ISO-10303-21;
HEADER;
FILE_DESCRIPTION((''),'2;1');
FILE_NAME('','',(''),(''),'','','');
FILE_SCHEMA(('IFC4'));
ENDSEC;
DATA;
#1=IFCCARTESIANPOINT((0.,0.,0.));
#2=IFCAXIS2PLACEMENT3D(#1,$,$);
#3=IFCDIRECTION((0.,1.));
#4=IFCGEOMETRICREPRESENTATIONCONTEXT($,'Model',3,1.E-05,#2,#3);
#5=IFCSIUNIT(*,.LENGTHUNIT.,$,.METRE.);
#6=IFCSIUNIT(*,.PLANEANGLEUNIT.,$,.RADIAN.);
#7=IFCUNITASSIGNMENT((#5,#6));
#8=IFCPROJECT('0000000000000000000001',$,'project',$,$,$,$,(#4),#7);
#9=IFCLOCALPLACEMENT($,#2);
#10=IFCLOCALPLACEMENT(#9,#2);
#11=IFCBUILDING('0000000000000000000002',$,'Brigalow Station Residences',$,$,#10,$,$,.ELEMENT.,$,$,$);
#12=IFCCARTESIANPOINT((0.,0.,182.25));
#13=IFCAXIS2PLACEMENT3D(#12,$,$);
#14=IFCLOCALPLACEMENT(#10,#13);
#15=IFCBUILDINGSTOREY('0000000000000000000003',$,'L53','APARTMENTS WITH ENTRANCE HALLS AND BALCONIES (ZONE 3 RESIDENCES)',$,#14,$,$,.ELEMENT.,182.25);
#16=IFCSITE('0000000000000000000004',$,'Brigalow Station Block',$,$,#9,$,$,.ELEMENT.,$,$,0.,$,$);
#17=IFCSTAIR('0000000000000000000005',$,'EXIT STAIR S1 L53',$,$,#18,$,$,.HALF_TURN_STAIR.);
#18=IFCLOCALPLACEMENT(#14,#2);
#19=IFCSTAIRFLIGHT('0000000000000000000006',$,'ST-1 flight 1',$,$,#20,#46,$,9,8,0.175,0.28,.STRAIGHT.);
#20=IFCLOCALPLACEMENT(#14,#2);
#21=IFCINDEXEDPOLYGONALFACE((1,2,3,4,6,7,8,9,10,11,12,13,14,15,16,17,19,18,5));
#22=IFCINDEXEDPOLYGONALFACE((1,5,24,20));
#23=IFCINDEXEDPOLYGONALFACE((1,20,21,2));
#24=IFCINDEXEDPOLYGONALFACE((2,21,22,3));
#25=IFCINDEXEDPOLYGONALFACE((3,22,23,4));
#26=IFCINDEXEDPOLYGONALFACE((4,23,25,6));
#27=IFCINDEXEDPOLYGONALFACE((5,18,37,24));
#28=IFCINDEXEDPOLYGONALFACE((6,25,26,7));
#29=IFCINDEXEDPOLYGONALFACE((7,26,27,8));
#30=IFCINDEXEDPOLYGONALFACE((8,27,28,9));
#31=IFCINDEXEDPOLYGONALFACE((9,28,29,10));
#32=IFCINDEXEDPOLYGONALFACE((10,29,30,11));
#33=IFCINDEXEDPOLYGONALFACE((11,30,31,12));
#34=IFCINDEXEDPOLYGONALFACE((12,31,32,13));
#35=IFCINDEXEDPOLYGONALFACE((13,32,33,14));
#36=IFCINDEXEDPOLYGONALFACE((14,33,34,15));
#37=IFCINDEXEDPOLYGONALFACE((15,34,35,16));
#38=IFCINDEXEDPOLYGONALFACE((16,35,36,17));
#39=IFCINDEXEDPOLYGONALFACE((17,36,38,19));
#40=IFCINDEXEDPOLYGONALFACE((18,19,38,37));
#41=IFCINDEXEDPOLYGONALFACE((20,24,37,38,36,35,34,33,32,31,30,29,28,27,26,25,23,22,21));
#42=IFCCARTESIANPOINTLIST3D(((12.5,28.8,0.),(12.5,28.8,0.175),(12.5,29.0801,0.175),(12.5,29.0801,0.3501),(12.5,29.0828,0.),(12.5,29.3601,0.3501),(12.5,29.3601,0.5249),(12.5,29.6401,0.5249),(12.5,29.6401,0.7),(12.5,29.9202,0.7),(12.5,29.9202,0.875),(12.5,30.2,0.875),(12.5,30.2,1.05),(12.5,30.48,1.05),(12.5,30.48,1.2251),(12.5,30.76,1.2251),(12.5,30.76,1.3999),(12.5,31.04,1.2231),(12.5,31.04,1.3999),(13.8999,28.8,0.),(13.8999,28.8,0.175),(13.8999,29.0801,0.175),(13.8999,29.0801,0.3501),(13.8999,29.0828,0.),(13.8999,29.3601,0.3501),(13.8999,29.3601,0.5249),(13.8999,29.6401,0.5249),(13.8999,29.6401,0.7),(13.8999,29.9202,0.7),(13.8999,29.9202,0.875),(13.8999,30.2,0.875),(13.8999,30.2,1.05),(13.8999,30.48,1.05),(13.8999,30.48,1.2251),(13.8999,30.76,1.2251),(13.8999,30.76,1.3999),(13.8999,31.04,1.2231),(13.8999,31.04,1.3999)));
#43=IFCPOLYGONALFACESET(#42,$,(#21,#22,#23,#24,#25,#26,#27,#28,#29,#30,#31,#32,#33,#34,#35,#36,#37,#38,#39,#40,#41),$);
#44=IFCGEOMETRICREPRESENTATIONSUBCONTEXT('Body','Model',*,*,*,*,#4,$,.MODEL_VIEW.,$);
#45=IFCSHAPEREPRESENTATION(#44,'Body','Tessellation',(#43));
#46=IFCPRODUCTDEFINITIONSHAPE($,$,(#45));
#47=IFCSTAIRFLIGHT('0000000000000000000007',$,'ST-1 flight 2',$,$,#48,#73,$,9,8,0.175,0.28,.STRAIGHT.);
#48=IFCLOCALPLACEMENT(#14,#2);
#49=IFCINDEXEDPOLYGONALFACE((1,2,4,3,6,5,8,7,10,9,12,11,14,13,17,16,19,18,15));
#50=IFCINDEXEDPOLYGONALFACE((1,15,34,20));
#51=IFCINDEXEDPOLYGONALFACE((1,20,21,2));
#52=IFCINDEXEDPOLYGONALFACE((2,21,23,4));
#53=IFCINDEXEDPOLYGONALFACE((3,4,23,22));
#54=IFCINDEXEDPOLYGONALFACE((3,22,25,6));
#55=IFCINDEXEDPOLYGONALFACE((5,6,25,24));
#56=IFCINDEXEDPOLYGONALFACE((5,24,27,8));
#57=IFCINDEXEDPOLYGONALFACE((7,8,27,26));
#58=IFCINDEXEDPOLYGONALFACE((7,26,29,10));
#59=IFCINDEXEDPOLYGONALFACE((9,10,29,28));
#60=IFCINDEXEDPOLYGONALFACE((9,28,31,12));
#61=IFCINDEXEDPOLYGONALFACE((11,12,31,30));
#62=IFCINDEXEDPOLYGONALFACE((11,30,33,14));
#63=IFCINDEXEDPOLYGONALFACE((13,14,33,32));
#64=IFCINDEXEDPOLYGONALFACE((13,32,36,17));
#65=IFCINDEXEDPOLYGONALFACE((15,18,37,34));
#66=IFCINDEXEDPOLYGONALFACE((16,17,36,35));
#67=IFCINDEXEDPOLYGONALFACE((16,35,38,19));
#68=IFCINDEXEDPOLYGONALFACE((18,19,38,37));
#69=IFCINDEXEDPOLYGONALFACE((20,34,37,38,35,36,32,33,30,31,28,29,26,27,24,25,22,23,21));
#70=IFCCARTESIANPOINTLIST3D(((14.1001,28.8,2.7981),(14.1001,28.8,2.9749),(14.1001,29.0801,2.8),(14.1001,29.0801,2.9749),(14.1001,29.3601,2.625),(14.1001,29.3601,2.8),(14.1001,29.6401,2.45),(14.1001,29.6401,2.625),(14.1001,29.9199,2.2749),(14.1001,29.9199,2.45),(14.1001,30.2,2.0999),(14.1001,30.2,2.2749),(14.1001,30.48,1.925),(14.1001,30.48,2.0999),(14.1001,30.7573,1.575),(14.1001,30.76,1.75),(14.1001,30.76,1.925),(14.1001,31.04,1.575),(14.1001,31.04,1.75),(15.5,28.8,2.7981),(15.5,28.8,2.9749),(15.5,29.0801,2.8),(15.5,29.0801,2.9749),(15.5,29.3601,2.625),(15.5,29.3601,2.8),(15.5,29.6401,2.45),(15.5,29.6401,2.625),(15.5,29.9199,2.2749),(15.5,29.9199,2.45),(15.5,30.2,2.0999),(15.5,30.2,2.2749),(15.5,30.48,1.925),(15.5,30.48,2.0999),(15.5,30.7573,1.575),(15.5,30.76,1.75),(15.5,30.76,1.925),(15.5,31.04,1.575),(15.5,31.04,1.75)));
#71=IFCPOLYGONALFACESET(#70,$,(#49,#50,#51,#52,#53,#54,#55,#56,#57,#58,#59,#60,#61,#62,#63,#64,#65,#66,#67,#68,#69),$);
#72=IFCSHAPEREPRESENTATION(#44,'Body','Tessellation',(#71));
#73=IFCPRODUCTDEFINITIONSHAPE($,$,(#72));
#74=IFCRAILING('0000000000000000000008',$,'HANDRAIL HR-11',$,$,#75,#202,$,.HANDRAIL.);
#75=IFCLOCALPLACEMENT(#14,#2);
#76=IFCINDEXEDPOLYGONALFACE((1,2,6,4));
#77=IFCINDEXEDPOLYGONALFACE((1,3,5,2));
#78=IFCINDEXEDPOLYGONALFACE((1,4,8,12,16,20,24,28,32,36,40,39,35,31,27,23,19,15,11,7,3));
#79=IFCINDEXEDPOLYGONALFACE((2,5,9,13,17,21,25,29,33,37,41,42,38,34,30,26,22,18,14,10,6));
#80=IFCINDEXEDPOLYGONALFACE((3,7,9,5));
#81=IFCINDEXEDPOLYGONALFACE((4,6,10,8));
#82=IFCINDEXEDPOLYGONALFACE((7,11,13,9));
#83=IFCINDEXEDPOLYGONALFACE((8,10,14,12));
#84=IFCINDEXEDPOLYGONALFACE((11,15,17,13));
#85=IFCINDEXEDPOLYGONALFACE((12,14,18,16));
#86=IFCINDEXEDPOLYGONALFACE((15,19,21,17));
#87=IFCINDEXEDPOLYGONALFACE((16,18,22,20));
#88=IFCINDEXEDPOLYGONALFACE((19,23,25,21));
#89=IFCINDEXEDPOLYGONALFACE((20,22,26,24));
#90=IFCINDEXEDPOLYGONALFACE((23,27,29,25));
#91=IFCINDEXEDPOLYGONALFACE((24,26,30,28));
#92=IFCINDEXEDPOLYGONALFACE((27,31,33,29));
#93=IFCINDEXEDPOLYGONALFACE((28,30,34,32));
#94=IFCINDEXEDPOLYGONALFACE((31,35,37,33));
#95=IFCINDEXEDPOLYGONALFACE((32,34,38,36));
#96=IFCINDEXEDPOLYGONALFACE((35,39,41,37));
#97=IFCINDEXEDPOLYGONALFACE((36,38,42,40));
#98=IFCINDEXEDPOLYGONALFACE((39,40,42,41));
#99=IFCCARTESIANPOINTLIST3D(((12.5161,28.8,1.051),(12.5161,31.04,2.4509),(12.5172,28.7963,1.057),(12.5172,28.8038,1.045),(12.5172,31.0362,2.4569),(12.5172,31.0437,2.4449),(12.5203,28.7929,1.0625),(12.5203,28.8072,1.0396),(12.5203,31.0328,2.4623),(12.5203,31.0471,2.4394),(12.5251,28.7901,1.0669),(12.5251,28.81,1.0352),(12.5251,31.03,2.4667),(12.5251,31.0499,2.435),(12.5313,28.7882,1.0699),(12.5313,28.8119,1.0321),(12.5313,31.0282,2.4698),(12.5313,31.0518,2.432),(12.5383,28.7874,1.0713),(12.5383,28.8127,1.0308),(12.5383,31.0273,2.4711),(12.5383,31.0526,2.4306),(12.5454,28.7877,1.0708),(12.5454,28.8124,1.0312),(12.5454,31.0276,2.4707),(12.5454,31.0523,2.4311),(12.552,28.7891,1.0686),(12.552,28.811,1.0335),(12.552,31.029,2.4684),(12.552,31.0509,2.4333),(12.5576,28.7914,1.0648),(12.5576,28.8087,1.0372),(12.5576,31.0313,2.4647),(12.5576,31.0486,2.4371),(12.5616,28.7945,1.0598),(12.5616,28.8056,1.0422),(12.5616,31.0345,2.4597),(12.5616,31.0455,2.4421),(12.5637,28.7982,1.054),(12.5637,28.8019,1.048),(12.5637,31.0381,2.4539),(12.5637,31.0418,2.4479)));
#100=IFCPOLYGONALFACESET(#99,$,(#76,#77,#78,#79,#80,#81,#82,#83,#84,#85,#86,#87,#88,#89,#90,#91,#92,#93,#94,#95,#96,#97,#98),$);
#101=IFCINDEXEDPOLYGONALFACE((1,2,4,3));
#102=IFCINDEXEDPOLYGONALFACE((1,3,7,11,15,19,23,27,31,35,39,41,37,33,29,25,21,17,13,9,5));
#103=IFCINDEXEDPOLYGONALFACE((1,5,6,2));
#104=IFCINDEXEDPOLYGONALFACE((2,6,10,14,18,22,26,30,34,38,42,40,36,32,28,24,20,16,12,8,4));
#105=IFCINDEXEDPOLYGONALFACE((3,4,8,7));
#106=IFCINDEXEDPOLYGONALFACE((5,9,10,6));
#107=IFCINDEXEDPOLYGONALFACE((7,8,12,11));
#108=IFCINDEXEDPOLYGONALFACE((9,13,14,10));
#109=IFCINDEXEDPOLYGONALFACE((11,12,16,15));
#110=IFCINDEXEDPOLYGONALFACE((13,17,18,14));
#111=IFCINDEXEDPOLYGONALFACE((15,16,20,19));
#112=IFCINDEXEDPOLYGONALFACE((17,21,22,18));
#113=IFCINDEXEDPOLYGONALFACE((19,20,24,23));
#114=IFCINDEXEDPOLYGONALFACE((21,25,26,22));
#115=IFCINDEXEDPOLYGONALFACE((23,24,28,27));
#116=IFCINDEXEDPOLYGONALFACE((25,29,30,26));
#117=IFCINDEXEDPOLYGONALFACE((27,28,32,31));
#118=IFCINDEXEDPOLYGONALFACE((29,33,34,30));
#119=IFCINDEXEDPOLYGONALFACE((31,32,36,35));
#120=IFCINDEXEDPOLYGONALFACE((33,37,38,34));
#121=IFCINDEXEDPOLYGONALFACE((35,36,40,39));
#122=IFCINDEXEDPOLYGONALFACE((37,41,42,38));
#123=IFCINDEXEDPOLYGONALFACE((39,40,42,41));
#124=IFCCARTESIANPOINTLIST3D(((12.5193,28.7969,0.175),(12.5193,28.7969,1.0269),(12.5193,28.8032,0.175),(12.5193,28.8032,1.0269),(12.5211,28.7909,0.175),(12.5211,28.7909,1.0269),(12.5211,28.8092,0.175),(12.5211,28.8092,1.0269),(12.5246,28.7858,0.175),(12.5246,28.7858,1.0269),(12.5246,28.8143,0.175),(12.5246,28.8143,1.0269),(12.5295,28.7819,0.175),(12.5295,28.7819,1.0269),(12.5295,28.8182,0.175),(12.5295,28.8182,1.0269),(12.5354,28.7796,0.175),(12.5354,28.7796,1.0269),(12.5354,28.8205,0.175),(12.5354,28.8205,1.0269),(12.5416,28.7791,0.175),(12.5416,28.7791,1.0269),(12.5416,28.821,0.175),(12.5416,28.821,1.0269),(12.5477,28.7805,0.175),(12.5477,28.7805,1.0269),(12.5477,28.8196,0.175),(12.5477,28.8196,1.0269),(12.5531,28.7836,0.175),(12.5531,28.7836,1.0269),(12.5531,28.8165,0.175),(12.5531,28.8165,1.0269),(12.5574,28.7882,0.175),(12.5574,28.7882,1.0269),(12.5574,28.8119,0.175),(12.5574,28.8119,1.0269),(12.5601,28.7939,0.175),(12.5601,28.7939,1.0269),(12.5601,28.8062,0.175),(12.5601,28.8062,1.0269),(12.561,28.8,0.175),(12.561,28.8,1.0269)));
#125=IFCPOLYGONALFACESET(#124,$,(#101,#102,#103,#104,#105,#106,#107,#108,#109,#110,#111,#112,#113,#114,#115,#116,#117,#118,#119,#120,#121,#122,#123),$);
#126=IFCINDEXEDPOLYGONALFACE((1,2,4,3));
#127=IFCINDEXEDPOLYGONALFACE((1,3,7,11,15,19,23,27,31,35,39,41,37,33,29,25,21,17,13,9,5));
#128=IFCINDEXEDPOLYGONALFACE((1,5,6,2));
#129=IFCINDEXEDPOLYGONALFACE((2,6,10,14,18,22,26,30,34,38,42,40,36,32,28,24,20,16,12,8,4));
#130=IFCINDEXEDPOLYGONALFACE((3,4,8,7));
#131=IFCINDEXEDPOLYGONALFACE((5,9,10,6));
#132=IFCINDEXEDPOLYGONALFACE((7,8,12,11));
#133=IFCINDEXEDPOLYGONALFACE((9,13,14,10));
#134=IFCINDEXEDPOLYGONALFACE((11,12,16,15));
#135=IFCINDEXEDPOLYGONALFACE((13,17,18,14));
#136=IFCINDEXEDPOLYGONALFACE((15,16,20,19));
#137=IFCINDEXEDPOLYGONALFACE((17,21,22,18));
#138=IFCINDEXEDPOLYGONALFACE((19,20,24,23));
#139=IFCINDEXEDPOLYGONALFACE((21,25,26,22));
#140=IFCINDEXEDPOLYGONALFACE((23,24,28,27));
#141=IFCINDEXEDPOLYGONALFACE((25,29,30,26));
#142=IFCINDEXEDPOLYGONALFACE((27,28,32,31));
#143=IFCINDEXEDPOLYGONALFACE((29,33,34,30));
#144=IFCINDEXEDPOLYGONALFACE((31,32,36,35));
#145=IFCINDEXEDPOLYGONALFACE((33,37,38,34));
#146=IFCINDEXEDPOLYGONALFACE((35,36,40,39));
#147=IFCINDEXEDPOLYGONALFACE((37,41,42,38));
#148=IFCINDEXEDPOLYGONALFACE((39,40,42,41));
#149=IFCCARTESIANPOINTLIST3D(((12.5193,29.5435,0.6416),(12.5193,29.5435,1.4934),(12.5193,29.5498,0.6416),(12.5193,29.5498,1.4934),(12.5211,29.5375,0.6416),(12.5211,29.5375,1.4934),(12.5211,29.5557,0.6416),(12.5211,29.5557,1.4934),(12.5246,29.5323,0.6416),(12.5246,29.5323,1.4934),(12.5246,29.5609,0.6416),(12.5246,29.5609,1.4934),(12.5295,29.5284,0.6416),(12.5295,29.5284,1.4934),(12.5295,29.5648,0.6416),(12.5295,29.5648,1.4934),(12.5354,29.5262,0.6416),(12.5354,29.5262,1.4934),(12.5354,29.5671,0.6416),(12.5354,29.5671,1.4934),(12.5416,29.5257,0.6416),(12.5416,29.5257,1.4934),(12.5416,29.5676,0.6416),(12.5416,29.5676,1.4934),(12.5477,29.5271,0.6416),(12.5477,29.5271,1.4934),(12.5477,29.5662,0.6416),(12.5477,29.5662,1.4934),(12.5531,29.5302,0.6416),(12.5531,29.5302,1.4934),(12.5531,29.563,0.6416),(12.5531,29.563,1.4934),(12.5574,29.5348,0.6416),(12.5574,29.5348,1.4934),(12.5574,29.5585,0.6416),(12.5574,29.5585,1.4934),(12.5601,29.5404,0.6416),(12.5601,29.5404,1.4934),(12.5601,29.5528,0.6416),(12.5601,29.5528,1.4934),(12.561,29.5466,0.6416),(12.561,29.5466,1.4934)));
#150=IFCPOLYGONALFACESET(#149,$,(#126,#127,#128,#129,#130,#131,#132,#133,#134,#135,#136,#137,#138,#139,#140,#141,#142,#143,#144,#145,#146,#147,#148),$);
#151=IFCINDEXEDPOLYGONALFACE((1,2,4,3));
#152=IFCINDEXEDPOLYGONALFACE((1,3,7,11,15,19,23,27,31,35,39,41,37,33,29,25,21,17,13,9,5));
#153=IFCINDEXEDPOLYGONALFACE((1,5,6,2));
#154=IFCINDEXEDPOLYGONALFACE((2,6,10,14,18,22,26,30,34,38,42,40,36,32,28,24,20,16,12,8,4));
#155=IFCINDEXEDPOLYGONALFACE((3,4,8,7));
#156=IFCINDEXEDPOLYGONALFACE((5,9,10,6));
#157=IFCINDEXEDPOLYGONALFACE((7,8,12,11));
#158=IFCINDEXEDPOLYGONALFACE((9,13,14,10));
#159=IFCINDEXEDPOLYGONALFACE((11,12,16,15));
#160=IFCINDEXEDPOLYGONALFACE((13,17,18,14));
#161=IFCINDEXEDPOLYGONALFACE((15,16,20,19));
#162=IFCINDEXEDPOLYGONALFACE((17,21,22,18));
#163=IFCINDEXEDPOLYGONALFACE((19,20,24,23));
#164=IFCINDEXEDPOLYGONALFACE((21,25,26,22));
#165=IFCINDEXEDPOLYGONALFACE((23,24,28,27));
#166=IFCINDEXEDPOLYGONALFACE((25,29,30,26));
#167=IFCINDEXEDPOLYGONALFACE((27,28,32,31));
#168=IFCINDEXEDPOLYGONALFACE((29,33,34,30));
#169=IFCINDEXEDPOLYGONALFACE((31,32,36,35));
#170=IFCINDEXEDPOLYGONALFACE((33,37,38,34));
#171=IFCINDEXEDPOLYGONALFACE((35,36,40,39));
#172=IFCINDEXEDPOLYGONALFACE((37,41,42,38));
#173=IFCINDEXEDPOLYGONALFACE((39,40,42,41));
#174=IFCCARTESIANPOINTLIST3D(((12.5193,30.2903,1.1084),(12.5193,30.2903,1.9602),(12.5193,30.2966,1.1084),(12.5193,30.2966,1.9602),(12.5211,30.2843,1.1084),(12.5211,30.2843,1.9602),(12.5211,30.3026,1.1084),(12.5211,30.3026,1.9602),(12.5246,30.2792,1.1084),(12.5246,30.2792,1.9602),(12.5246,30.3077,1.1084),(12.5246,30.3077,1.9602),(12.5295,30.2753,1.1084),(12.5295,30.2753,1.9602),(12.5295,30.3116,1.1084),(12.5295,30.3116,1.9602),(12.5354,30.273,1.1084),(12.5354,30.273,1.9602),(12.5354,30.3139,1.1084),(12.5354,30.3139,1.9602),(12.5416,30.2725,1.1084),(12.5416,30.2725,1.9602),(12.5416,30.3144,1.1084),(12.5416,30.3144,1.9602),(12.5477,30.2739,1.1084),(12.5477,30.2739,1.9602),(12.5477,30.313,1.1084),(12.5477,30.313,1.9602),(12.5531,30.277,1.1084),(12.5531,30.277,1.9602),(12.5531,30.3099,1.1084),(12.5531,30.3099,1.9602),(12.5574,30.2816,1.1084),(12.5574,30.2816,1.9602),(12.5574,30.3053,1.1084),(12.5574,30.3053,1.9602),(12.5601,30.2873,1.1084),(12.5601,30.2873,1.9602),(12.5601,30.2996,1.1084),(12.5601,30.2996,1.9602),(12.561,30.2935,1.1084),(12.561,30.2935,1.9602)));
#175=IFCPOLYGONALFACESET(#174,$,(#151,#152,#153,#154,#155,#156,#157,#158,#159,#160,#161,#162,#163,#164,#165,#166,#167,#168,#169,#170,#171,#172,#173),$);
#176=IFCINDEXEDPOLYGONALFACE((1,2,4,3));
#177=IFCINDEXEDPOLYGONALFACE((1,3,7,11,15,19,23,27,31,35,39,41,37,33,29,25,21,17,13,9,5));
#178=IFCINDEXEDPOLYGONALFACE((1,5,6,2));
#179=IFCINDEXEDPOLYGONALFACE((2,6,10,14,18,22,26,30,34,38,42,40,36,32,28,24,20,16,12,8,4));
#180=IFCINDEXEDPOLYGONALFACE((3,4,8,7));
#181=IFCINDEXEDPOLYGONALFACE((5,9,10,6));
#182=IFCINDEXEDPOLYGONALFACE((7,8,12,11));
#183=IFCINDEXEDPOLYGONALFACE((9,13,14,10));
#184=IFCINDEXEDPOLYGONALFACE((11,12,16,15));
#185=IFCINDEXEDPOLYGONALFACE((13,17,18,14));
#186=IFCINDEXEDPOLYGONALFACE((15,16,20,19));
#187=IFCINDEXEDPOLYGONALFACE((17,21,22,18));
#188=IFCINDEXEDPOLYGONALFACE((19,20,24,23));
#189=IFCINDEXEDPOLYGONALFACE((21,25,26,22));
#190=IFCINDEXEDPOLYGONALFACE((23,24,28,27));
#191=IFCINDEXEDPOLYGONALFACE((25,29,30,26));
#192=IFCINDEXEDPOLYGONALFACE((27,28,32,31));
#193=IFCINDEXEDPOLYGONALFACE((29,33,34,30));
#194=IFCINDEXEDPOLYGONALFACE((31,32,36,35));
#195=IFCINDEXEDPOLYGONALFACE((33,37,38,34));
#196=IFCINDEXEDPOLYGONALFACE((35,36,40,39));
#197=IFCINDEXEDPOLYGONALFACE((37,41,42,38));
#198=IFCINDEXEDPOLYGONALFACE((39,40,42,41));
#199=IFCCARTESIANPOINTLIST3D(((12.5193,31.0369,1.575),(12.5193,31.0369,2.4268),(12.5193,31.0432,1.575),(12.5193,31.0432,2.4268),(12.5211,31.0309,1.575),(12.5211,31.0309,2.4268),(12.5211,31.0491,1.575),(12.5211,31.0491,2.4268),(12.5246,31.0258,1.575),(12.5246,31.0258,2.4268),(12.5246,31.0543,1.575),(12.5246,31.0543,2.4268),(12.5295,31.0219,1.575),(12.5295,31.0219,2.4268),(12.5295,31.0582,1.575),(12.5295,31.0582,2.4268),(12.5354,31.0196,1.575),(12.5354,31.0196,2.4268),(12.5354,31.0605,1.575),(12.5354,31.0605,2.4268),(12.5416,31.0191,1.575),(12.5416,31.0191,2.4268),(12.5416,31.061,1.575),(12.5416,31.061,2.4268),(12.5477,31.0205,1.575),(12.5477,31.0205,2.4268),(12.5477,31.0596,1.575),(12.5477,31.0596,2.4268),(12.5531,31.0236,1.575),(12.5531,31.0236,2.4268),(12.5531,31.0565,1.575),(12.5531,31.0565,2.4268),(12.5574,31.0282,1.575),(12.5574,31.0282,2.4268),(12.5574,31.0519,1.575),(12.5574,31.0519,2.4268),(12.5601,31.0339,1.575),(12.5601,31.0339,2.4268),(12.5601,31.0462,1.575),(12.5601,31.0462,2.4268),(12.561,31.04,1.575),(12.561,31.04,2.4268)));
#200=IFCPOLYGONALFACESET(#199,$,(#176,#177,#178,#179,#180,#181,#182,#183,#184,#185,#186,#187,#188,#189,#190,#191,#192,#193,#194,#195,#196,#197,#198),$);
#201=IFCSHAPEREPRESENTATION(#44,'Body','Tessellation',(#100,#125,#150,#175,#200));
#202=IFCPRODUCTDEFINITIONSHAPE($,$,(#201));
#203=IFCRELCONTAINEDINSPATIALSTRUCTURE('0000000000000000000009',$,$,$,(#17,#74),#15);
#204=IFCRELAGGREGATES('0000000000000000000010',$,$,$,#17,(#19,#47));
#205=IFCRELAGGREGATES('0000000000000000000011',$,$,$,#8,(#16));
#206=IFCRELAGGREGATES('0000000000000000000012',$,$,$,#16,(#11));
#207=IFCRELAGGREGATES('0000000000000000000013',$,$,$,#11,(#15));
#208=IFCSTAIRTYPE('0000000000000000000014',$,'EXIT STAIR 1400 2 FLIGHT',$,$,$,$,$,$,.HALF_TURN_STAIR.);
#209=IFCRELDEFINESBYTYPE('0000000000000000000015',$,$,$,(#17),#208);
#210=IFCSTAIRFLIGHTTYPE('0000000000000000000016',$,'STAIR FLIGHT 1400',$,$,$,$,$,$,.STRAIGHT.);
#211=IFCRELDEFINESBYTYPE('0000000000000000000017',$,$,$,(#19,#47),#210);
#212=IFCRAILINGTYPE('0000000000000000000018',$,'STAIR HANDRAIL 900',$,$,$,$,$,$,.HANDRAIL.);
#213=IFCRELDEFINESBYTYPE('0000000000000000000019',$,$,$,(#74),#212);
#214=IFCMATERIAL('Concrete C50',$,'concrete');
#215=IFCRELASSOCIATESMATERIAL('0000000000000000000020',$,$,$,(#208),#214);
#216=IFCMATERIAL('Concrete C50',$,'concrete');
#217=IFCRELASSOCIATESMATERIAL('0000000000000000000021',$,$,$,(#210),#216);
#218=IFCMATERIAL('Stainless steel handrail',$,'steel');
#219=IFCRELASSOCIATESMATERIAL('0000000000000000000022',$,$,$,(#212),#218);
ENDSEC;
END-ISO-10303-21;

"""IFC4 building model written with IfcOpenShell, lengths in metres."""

from ifc_helpers import new_model, si_unit, direction, frame, origin, origin_2d, place, context, subcontext, project, spatial, polyline, circle, outline, extrude, material, type_object, element, aggregate, save


model = new_model("IFC4")

# Units and contexts
model_context = context("Model", 3, precision=1e-05, world=origin(), true_north=direction((0.0, 1.0)))
body_context = subcontext(model_context, "Body", "Model", "MODEL_VIEW")
ifc_project = project(units=[si_unit("LENGTHUNIT", "METRE"), si_unit("PLANEANGLEUNIT", "RADIAN")], contexts=[model_context])

# Site, building, storey
site_placement = place(None, origin())
site = spatial("IfcSite", under=ifc_project, at=site_placement, Name="Brigalow Station Block", CompositionType="ELEMENT", RefElevation=0.0)
building_placement = place(site_placement, origin())
building = spatial("IfcBuilding", under=site, at=building_placement, Name="Brigalow Station Residences", CompositionType="ELEMENT")
storey_placement = place(building_placement, frame((0.0, 0.0, 182.25)))
storey = spatial("IfcBuildingStorey", under=building, at=storey_placement, Name="L53", Description="APARTMENTS WITH ENTRANCE HALLS AND BALCONIES (ZONE 3 RESIDENCES)", CompositionType="ELEMENT", Elevation=182.25)

# Stair, stair flights
ifc_material_1 = material(Name="Concrete C50", Category="concrete")
stair_type = type_object("IfcStairType", Name="EXIT STAIR 1400 2 FLIGHT", PredefinedType="HALF_TURN_STAIR", material=ifc_material_1)
stair_placement = place(storey_placement, origin())
stair = element("IfcStair", 1, at=stair_placement, inside=storey, type_object=stair_type, Name="EXIT STAIR S1 L53", PredefinedType="HALF_TURN_STAIR")
ifc_material_2 = material(Name="Concrete C50", Category="concrete")
stair_flight_type = type_object("IfcStairFlightType", Name="STAIR FLIGHT 1400", PredefinedType="STRAIGHT", material=ifc_material_2)
stair_flight_1_placement = place(storey_placement, frame((13.2, 28.8, 0.0), z_axis=(0.0, 0.0, 1.0), x_axis=(0.0, 1.0, 0.0)))
stair_flight_1 = element("IfcStairFlight", 2, at=stair_flight_1_placement, type_object=stair_flight_type, Name="ST-1 flight 1", NumberOfRisers=9, NumberOfTreads=8, PredefinedType="STRAIGHT", RiserHeight=0.175, TreadLength=0.28, context=body_context, shape_type="SweptSolid", body=[
    extrude(outline(polyline([(0.0, 0.0), (0.0, 0.175), (0.28, 0.175), (0.28, 0.3501), (0.5601, 0.3501), (0.5601, 0.5249), (0.8401, 0.5249), (0.8401, 0.7), (1.1201, 0.7), (1.1201, 0.875), (1.3999, 0.875), (1.3999, 1.05), (1.6799, 1.05), (1.6799, 1.2251), (1.96, 1.2251), (1.96, 1.3999), (2.24, 1.3999), (2.24, 1.575), (2.24, 1.2231), (0.2827, 0.0), (0.0, 0.0)])), frame((0.0, 0.7, 0.0), z_axis=(0.0, -1.0, 0.0), x_axis=(1.0, 0.0, 0.0)), (0.0, 0.0, 1.0), 1.3999),
])
stair_flight_2_placement = place(storey_placement, frame((14.8, 31.04, 1.575), z_axis=(0.0, 0.0, 1.0), x_axis=(0.0, -1.0, 0.0)))
stair_flight_2 = element("IfcStairFlight", 3, at=stair_flight_2_placement, type_object=stair_flight_type, Name="ST-1 flight 2", NumberOfRisers=9, NumberOfTreads=8, PredefinedType="STRAIGHT", RiserHeight=0.175, TreadLength=0.28, context=body_context, shape_type="SweptSolid", body=[
    extrude(outline(polyline([(0.0, 0.0), (0.0, 0.175), (0.28, 0.175), (0.28, 0.3501), (0.5601, 0.3501), (0.5601, 0.5249), (0.8401, 0.5249), (0.8401, 0.7), (1.1201, 0.7), (1.1201, 0.875), (1.3999, 0.875), (1.3999, 1.05), (1.6799, 1.05), (1.6799, 1.2251), (1.96, 1.2251), (1.96, 1.3999), (2.24, 1.3999), (2.24, 1.575), (2.24, 1.2231), (0.2827, 0.0), (0.0, 0.0)])), frame((0.0, 0.7, 0.0), z_axis=(0.0, -1.0, 0.0), x_axis=(1.0, 0.0, 0.0)), (0.0, 0.0, 1.0), 1.3999),
])
aggregate(stair, [stair_flight_1, stair_flight_2])

# Railing
ifc_material_3 = material(Name="Stainless steel handrail", Category="steel")
railing_type_1 = type_object("IfcRailingType", Name="STAIR HANDRAIL 900", PredefinedType="HANDRAIL", material=ifc_material_3)
railing_1_placement = place(storey_placement, frame((12.54, 28.8, 0.175)))
element("IfcRailing", 4, at=railing_1_placement, inside=storey, type_object=railing_type_1, Name="HANDRAIL HR-11", PredefinedType="HANDRAIL", context=body_context, shape_type="SweptSolid", body=[
    extrude(circle(Radius=0.0239, at=origin_2d()), frame((0.0, 0.0, 0.876), z_axis=(0.0, 0.848014, 0.529974), x_axis=(-1.0, 0.0, 0.0)), (0.0, 0.0, 1.0), 2.6414),
    extrude(circle(Radius=0.021, at=origin_2d()), origin(), (0.0, 0.0, 1.0), 0.8518),
    extrude(circle(Radius=0.021, at=origin_2d()), frame((0.0, 0.7466, 0.4666)), (0.0, 0.0, 1.0), 0.8518),
    extrude(circle(Radius=0.021, at=origin_2d()), frame((0.0, 1.4934, 0.9333)), (0.0, 0.0, 1.0), 0.8518),
    extrude(circle(Radius=0.021, at=origin_2d()), frame((0.0, 2.24, 1.3999)), (0.0, 0.0, 1.0), 0.8518),
])

save(model, "model.ifc")
